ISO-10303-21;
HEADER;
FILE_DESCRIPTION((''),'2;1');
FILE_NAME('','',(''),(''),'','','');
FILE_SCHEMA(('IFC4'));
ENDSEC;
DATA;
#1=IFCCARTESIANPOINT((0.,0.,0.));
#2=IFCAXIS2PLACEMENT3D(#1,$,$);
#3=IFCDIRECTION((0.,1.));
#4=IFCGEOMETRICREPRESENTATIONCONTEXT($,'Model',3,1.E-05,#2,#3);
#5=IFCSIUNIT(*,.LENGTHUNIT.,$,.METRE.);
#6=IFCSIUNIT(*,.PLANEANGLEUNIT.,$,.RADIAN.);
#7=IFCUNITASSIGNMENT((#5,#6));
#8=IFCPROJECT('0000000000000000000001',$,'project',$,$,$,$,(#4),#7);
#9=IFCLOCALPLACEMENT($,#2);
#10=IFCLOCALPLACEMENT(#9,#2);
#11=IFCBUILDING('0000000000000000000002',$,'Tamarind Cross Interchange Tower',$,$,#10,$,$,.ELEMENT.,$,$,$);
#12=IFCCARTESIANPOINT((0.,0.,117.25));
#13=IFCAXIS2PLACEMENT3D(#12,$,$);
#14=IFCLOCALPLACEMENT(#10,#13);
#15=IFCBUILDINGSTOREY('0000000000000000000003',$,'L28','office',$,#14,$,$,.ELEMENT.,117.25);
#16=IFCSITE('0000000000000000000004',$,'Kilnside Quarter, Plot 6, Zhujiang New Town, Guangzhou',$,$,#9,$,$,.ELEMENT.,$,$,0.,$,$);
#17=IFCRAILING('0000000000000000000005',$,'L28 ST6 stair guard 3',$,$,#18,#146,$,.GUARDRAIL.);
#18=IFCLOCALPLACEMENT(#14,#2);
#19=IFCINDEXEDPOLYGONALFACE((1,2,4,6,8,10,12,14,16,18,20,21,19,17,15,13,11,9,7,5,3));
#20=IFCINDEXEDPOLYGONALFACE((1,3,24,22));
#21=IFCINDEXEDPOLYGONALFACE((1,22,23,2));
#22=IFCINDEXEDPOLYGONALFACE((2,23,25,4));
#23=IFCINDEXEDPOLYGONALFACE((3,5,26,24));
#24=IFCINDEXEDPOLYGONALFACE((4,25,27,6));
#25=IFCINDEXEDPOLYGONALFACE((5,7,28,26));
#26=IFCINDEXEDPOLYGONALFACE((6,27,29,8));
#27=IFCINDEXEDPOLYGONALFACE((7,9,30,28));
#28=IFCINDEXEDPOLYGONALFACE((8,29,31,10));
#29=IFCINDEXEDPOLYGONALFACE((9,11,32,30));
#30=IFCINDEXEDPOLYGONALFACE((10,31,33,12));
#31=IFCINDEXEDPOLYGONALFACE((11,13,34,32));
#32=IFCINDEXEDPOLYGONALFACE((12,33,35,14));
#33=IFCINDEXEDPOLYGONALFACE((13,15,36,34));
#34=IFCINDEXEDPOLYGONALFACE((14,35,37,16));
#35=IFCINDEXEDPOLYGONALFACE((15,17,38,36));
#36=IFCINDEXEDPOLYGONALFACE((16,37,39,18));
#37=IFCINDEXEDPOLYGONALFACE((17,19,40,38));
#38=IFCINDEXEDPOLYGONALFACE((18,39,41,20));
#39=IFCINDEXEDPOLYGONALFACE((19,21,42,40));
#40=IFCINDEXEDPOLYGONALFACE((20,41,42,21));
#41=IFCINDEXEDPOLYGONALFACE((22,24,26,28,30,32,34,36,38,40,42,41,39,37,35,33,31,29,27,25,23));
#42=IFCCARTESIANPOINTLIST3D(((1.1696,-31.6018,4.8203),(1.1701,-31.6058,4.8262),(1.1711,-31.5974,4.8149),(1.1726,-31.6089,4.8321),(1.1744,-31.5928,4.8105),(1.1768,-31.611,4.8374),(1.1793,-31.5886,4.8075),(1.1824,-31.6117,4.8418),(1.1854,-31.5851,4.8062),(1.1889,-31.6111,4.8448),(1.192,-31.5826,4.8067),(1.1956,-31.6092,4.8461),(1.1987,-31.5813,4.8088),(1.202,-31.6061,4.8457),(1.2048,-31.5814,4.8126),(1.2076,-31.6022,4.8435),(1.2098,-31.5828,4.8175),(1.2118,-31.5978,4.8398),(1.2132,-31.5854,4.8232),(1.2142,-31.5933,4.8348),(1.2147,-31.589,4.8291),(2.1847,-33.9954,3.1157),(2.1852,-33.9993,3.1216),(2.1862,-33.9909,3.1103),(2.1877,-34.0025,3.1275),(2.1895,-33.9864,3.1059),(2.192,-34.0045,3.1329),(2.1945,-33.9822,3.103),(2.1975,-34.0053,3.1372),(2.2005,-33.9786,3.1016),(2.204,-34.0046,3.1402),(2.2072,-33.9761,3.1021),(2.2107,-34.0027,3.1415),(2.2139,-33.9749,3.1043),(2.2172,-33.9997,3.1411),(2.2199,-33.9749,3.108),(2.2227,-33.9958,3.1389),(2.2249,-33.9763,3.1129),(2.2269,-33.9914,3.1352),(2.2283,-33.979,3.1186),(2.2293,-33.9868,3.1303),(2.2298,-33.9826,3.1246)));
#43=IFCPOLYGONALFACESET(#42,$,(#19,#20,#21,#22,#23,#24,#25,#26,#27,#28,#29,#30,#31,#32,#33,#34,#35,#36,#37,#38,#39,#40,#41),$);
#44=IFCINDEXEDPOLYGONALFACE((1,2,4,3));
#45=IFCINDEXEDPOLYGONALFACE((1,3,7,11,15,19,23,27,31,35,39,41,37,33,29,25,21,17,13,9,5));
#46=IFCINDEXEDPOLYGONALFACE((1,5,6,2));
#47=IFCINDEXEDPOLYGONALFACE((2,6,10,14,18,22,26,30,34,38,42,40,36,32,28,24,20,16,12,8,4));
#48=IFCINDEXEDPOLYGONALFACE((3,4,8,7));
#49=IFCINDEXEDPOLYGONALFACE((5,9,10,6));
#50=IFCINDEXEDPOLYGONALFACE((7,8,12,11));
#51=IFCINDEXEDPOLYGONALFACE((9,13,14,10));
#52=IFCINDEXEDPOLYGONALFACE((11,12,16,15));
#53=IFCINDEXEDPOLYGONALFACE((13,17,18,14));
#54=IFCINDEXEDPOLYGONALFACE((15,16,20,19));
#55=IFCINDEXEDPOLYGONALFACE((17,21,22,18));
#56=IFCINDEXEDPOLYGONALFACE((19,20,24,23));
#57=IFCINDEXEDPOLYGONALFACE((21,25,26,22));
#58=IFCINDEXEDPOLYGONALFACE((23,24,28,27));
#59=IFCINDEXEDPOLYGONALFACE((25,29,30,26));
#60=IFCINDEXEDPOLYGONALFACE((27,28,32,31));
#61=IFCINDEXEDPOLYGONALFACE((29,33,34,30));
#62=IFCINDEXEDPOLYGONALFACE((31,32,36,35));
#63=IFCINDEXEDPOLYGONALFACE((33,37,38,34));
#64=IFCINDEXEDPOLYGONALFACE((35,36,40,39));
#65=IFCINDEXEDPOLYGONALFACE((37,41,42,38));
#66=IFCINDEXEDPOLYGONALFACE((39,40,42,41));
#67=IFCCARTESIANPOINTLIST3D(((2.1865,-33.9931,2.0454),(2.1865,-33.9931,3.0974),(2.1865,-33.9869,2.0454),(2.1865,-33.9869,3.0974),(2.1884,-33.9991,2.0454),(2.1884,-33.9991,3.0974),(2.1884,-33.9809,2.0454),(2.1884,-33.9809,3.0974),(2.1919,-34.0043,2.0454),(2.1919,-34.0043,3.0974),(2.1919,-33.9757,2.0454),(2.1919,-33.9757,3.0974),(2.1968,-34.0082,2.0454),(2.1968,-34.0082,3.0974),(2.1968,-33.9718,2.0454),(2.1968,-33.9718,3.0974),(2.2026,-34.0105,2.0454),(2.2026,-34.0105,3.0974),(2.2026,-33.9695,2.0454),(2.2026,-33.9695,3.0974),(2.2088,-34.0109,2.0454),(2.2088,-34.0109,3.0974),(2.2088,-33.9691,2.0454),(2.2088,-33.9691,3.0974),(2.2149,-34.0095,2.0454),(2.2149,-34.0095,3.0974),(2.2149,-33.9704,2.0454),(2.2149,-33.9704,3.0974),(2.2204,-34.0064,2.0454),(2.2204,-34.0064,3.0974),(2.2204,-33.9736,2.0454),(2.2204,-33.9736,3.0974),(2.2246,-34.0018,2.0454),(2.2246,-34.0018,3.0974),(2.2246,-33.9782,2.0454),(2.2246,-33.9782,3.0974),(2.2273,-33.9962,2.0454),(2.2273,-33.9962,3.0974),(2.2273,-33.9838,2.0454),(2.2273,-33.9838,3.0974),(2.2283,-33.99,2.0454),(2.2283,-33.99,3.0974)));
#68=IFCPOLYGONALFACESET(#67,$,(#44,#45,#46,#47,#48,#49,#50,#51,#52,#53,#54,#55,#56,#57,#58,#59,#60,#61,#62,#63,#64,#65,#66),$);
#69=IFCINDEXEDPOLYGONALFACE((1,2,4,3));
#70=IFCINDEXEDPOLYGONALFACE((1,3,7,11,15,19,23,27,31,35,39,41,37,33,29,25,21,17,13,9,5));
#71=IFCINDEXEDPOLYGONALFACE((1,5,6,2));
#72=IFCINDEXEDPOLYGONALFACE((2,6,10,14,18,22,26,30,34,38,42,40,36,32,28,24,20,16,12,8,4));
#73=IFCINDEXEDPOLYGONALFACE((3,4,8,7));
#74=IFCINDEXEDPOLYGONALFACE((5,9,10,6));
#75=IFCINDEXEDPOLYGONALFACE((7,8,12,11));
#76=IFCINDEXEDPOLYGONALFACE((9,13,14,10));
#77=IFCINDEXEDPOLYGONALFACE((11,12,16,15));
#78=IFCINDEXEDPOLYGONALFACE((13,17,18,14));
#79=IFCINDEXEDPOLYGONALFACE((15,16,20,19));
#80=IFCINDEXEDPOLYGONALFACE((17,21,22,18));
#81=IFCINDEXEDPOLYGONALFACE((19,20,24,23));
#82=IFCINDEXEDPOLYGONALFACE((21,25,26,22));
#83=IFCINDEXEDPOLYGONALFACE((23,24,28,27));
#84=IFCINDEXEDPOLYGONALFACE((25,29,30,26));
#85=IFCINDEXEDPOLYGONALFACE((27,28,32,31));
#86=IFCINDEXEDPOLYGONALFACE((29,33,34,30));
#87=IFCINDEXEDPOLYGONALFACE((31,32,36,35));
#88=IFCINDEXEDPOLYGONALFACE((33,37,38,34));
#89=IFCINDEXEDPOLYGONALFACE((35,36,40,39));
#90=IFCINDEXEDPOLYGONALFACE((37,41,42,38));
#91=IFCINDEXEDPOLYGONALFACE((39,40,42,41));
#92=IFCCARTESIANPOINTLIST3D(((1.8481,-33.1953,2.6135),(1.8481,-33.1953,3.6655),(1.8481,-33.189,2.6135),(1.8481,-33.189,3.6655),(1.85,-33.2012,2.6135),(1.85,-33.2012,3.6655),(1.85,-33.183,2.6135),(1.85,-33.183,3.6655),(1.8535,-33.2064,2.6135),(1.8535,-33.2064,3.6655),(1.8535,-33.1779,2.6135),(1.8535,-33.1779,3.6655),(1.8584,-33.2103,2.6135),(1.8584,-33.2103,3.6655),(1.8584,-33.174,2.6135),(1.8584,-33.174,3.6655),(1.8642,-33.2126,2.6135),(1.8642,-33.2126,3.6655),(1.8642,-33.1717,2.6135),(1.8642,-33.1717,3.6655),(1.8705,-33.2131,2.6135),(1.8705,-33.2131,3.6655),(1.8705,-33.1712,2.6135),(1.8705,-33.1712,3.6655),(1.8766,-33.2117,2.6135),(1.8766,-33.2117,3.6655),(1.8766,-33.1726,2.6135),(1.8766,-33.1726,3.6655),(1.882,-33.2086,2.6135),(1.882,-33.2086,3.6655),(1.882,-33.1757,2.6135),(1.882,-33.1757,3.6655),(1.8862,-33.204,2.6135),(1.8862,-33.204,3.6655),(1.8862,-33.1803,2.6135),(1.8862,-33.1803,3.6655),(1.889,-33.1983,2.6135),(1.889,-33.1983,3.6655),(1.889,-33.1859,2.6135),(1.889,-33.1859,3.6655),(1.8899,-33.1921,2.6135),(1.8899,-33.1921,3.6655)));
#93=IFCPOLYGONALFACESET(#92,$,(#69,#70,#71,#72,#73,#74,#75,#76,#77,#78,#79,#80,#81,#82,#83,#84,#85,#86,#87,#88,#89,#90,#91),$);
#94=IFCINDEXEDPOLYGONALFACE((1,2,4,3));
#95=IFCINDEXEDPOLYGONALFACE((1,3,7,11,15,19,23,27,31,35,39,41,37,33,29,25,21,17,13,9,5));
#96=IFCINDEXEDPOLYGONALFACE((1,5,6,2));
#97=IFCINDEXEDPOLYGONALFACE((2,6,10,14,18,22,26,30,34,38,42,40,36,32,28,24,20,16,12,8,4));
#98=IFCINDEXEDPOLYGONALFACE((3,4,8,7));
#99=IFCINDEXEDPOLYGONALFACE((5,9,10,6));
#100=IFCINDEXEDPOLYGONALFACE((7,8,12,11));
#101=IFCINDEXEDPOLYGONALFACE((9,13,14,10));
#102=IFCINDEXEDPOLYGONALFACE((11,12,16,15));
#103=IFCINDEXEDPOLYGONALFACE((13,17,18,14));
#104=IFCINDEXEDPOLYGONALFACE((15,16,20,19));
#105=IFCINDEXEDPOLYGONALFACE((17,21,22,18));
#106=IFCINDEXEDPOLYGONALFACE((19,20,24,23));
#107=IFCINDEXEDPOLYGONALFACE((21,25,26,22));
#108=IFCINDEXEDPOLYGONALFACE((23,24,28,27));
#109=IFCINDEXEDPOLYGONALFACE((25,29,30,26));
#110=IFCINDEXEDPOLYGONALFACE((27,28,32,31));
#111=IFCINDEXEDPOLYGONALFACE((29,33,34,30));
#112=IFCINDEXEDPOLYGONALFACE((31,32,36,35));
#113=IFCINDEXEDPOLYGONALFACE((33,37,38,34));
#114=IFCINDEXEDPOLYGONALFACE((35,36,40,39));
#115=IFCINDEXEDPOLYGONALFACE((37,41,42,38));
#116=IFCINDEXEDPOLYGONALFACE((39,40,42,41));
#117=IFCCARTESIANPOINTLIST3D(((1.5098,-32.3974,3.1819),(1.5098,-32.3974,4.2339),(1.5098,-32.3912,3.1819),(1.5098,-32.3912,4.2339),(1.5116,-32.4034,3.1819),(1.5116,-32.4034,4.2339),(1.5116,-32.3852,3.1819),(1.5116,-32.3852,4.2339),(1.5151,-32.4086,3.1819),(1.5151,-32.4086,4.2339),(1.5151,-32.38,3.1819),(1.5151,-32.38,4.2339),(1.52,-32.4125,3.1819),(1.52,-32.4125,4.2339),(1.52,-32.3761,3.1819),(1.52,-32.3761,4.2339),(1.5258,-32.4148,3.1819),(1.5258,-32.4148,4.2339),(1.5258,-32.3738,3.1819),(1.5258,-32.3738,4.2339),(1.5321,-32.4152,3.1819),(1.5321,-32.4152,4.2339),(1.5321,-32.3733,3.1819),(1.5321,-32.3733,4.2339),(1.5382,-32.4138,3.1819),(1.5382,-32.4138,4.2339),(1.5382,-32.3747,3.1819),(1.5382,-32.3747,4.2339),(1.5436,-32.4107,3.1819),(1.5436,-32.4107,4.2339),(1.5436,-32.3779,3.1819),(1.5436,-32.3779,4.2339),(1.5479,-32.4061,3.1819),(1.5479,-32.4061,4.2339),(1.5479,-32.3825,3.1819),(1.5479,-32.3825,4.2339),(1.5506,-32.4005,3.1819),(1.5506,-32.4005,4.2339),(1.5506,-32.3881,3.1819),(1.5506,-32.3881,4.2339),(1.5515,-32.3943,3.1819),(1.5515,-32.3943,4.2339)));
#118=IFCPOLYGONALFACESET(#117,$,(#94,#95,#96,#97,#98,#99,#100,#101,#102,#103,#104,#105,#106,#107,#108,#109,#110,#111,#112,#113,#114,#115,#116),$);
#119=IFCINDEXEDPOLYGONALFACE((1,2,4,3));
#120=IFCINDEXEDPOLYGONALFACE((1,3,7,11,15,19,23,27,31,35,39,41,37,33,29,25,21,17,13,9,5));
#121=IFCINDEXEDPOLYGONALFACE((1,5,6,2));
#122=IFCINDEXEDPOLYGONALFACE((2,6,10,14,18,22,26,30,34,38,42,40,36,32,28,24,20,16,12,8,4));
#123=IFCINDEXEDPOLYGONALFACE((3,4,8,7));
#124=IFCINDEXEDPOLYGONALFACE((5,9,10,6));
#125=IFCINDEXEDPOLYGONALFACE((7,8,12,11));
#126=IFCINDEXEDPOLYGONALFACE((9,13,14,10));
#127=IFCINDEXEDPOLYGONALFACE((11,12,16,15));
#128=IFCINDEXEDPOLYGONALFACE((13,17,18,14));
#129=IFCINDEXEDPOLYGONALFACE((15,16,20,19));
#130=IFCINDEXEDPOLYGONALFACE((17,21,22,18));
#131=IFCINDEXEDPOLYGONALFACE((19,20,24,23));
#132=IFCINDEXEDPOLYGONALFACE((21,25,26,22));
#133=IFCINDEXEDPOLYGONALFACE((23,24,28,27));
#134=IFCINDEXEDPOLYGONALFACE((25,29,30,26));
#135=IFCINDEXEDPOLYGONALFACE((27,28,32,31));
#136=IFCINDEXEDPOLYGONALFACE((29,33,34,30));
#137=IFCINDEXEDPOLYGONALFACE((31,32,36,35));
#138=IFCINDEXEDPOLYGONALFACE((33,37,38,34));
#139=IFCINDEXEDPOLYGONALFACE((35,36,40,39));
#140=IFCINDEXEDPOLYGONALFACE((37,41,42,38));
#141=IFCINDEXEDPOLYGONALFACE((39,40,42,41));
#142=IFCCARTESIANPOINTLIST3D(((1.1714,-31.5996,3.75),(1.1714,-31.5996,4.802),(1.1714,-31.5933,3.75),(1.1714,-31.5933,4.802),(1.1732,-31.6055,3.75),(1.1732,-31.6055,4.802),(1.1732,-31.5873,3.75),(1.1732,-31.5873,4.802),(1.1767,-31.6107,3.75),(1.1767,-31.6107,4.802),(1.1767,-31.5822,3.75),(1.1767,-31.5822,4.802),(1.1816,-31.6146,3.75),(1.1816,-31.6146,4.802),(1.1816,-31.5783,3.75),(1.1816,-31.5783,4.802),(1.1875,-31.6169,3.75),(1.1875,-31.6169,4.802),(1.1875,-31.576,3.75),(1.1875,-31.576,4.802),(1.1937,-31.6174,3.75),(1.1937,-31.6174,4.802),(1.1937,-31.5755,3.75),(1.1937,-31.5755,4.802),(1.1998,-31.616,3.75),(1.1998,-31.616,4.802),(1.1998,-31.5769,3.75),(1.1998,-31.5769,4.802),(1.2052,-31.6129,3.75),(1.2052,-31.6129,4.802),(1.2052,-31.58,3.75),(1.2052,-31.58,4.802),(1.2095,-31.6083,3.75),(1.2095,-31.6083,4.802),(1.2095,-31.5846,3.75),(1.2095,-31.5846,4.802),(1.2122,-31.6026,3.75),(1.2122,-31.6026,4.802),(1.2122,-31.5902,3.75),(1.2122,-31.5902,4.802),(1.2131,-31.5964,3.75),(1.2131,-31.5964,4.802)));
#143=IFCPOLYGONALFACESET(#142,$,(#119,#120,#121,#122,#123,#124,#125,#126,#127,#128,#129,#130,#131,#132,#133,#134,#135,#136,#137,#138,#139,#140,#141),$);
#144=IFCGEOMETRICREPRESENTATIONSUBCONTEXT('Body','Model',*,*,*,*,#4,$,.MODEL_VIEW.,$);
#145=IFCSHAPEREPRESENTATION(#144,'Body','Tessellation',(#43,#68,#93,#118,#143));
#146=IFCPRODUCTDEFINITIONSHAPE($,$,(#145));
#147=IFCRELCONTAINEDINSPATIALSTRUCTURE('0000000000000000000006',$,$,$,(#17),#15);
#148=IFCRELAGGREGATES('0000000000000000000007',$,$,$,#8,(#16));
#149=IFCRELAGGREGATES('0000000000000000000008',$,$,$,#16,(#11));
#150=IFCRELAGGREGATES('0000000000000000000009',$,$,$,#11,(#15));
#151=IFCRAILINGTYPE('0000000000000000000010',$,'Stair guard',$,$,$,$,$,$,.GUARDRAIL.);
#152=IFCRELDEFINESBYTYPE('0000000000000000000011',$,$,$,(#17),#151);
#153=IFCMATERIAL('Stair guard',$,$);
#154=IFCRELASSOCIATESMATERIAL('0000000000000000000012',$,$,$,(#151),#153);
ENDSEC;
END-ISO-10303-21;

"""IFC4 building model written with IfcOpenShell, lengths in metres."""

from ifc_helpers import new_model, si_unit, direction, frame, origin, origin_2d, place, context, subcontext, project, spatial, circle, extrude, material, type_object, element, save


model = new_model("IFC4")

# Units and contexts
model_context = context("Model", 3, precision=1e-05, world=origin(), true_north=direction((0.0, 1.0)))
body_context = subcontext(model_context, "Body", "Model", "MODEL_VIEW")
ifc_project = project(units=[si_unit("LENGTHUNIT", "METRE"), si_unit("PLANEANGLEUNIT", "RADIAN")], contexts=[model_context])

# Site, building, storey
site_placement = place(None, origin())
site = spatial("IfcSite", under=ifc_project, at=site_placement, Name="Kilnside Quarter, Plot 6, Zhujiang New Town, Guangzhou", CompositionType="ELEMENT", RefElevation=0.0)
building_placement = place(site_placement, origin())
building = spatial("IfcBuilding", under=site, at=building_placement, Name="Tamarind Cross Interchange Tower", CompositionType="ELEMENT")
storey_placement = place(building_placement, frame((0.0, 0.0, 117.25)))
storey = spatial("IfcBuildingStorey", under=building, at=storey_placement, Name="L28", Description="office", CompositionType="ELEMENT", Elevation=117.25)

# Railing
ifc_material_1 = material(Name="Stair guard")
railing_type_1 = type_object("IfcRailingType", Name="Stair guard", PredefinedType="GUARDRAIL", material=ifc_material_1)
railing_1_placement = place(storey_placement, frame((2.2073, -33.99, 2.0454)))
element("IfcRailing", 1, at=railing_1_placement, inside=storey, type_object=railing_type_1, Name="L28 ST6 stair guard 3", PredefinedType="GUARDRAIL", context=body_context, shape_type="SweptSolid", body=[
    extrude(circle(Radius=0.0239, at=origin_2d()), frame((0.0, 0.0, 1.0762), z_axis=(-0.326526, 0.769905, 0.548294), x_axis=(-0.920625, -0.390449, 0.0)), (0.0, 0.0, 1.0), 3.1089),
    extrude(circle(Radius=0.021, at=origin_2d()), origin(), (0.0, 0.0, 1.0), 1.052),
    extrude(circle(Radius=0.021, at=origin_2d()), frame((-0.3384, 0.7979, 0.5681)), (0.0, 0.0, 1.0), 1.052),
    extrude(circle(Radius=0.021, at=origin_2d()), frame((-0.6768, 1.5957, 1.1365)), (0.0, 0.0, 1.0), 1.052),
    extrude(circle(Radius=0.021, at=origin_2d()), frame((-1.0151, 2.3936, 1.7046)), (0.0, 0.0, 1.0), 1.052),
])

save(model, "model.ifc")
